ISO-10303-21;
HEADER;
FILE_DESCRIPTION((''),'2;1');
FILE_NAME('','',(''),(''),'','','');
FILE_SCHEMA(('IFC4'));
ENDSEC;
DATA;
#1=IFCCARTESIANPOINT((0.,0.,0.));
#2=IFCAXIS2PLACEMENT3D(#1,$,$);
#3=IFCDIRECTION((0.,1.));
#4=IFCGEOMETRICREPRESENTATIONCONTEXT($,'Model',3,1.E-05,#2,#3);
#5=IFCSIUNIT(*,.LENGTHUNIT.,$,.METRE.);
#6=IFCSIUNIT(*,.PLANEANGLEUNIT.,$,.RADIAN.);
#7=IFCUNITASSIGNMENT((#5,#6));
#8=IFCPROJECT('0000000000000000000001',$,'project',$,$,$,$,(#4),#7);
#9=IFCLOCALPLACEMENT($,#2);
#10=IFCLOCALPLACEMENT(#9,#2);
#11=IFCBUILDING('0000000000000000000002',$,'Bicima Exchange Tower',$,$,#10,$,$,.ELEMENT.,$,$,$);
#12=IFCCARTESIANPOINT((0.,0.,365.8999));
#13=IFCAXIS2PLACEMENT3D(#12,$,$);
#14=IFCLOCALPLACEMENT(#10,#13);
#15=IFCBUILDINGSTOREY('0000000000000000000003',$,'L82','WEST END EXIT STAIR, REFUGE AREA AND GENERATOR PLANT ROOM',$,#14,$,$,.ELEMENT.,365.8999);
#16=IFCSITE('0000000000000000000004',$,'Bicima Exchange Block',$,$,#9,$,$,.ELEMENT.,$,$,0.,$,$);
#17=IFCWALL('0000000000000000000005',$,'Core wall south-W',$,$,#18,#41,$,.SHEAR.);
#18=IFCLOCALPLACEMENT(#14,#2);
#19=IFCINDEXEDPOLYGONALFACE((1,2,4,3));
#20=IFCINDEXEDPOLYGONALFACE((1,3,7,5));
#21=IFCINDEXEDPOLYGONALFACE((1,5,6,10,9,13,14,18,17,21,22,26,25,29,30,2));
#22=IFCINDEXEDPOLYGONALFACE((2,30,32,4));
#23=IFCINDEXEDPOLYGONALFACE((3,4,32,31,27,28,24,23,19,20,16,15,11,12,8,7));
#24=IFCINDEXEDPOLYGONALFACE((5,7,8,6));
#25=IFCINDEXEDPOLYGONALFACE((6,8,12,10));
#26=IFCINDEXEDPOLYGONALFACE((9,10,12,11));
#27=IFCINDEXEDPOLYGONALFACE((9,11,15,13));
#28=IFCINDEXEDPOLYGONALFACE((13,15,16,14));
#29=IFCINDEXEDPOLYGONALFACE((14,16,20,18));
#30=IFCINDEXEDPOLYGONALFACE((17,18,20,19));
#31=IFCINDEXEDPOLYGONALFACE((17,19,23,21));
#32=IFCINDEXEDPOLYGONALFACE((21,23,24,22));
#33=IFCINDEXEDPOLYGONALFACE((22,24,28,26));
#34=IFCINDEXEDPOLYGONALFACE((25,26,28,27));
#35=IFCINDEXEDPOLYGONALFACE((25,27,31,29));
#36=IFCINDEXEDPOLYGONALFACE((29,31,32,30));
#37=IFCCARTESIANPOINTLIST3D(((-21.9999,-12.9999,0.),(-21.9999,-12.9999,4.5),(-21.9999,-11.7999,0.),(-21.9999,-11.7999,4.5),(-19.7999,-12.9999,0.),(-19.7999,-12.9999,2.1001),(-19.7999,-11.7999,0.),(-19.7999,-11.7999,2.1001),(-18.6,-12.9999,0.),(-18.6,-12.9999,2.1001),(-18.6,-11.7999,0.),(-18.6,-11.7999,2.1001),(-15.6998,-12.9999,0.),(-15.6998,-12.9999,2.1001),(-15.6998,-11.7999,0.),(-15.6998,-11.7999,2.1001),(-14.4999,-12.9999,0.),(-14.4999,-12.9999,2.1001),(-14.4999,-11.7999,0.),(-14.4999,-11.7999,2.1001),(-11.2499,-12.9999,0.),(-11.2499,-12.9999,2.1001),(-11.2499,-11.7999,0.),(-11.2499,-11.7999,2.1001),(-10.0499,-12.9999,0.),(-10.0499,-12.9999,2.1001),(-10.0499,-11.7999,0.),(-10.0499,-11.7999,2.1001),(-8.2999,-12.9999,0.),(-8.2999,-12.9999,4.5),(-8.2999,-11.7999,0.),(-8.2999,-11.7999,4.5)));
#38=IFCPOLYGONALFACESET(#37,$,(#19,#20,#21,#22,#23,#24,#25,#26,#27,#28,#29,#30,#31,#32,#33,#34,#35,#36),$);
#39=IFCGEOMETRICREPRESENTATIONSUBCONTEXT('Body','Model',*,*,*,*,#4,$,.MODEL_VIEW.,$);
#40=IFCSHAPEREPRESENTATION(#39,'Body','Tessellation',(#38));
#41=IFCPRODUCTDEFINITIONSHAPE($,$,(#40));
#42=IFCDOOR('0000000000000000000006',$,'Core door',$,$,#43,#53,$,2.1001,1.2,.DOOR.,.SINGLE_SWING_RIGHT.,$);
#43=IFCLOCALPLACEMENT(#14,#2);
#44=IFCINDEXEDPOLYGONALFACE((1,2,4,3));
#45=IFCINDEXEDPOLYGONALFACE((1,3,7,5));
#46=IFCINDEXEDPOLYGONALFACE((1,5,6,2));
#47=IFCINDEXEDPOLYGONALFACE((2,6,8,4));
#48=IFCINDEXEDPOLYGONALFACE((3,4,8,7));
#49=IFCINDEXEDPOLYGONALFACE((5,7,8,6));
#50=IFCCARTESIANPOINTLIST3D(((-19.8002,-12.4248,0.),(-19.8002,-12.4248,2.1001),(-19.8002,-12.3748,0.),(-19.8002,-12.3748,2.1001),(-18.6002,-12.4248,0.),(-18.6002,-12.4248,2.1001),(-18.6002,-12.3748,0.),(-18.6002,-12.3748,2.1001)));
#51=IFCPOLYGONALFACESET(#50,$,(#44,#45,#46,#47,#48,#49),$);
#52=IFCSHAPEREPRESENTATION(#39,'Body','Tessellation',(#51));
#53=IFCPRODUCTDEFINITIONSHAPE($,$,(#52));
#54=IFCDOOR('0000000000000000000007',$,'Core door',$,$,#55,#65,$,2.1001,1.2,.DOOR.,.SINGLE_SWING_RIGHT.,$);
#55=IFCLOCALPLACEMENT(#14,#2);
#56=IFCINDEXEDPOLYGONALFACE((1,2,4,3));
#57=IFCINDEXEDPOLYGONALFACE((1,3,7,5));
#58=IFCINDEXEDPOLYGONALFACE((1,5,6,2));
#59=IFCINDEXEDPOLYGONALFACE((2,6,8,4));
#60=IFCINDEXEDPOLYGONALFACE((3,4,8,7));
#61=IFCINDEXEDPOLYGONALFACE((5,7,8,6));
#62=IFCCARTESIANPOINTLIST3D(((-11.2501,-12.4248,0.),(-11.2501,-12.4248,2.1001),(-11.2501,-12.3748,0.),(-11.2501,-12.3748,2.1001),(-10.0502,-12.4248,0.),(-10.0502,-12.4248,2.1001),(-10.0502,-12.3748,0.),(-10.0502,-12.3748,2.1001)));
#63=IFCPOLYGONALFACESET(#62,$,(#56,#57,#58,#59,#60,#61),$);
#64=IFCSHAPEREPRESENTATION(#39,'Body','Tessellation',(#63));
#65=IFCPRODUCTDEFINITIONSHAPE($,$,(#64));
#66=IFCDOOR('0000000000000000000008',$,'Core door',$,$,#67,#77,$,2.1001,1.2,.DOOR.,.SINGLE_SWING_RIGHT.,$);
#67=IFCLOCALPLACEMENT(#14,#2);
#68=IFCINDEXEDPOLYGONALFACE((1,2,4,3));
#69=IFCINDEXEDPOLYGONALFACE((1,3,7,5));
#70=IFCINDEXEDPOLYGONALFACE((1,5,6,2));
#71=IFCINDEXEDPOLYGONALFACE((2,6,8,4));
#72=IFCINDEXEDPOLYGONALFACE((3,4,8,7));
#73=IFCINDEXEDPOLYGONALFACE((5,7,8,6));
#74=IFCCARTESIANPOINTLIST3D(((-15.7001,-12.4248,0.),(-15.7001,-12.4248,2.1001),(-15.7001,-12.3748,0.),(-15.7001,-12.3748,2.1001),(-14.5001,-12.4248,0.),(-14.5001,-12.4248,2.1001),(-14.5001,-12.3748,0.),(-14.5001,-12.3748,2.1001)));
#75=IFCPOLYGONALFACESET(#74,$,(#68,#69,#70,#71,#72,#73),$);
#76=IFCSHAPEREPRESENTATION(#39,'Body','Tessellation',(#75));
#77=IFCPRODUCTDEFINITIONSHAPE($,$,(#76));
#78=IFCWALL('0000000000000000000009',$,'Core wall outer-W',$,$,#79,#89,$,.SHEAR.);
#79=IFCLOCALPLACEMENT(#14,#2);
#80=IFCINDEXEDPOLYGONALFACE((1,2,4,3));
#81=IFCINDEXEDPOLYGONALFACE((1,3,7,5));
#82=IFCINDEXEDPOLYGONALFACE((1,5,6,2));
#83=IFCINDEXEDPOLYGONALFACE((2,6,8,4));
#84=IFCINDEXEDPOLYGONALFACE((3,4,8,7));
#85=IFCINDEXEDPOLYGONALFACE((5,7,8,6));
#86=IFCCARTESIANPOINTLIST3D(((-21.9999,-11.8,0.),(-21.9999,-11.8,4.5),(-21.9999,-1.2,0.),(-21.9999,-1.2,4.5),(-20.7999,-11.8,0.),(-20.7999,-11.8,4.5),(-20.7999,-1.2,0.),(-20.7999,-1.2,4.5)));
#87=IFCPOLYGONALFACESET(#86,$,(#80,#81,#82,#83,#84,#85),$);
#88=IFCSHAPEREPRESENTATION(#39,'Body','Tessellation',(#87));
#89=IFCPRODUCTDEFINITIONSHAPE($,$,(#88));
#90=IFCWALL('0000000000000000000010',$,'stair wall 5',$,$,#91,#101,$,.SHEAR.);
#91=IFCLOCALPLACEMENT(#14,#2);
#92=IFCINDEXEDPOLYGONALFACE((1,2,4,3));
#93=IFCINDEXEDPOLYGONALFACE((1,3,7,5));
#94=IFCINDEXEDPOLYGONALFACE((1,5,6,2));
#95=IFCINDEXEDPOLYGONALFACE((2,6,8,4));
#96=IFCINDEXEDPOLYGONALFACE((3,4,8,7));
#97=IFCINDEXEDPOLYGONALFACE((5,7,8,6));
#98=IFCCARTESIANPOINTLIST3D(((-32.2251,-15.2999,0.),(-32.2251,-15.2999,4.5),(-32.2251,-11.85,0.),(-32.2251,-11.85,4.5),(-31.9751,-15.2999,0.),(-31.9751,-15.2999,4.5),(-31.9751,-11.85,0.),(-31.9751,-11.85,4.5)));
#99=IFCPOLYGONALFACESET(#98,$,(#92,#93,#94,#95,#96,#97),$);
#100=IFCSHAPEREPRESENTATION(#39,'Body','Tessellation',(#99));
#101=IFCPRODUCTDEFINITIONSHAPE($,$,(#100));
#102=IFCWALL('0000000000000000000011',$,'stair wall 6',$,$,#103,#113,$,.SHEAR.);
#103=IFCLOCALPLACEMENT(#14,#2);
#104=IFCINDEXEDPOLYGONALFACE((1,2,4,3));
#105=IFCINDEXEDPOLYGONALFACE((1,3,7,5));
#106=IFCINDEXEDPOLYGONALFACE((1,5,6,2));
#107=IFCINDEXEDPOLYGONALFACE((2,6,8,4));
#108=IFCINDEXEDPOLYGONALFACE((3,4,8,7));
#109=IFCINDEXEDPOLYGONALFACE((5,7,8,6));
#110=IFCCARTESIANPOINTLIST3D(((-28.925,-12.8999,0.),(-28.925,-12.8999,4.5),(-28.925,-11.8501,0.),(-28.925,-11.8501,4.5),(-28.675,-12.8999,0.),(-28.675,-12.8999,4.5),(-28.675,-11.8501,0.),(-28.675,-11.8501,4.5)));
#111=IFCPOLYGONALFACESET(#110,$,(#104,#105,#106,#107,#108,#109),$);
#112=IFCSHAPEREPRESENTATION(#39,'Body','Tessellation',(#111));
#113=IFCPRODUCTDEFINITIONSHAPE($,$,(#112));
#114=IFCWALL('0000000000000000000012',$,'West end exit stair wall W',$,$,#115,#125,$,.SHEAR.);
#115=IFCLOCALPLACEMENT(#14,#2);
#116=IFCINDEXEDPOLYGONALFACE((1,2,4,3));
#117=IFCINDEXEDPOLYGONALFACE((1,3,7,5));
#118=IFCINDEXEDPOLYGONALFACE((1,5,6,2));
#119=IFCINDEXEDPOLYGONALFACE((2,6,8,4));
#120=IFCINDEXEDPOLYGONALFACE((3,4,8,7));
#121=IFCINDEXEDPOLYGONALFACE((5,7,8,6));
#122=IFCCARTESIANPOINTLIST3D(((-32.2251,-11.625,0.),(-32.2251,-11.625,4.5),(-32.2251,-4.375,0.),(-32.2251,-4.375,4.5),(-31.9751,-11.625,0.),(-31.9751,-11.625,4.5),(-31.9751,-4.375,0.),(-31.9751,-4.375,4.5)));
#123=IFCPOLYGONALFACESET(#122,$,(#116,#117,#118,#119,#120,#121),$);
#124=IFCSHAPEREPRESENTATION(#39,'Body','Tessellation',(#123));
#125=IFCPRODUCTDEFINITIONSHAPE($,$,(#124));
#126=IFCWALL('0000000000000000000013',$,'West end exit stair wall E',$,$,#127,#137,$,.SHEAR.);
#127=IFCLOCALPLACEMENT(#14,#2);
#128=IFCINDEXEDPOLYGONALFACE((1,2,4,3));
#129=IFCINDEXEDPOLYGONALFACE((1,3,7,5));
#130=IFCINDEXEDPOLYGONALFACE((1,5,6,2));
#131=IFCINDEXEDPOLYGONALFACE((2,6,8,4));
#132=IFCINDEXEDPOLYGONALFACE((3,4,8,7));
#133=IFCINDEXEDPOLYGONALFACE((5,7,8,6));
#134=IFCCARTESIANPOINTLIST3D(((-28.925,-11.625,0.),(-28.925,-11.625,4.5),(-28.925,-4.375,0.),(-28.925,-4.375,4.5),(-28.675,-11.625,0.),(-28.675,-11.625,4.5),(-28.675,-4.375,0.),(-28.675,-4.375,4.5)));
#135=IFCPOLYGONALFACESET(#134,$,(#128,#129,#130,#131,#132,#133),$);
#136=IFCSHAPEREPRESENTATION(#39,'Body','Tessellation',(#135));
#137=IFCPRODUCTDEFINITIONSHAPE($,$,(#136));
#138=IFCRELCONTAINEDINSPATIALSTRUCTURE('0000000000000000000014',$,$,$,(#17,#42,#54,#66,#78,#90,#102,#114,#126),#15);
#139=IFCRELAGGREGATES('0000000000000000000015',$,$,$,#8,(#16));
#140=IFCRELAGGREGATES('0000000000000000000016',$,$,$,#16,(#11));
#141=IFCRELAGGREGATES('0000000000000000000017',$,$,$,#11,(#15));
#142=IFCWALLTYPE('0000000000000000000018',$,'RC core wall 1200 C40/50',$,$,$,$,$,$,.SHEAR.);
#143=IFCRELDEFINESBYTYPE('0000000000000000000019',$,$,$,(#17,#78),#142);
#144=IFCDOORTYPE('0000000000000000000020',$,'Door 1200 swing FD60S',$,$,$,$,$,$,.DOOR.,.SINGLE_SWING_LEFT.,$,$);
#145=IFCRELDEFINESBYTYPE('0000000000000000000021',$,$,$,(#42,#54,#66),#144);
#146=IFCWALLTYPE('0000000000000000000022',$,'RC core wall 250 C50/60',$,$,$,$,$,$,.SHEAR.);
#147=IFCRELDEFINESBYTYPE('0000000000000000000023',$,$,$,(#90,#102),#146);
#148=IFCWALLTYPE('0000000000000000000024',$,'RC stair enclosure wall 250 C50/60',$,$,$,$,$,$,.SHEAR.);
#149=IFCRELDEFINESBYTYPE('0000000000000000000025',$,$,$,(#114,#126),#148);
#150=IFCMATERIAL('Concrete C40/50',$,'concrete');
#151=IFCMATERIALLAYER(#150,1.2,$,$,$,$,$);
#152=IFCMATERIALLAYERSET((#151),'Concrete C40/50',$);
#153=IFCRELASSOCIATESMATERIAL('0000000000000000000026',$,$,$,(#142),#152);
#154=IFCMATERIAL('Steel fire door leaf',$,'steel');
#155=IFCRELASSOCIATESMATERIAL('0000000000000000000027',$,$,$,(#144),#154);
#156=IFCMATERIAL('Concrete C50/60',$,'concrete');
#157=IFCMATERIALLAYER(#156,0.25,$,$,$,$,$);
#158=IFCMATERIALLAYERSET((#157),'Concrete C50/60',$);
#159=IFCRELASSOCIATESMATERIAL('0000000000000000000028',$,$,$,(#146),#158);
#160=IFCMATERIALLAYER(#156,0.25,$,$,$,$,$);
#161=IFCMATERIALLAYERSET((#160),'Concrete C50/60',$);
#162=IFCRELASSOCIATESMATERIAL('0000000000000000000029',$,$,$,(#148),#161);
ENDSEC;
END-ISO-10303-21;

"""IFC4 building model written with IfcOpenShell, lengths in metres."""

from ifc_helpers import new_model, si_unit, direction, frame, frame_2d, origin, place, context, subcontext, project, spatial, rectangle, extrude, material, layer, layer_set, type_object, element, fill, save


model = new_model("IFC4")

# Units and contexts
model_context = context("Model", 3, precision=1e-05, world=origin(), true_north=direction((0.0, 1.0)))
body_context = subcontext(model_context, "Body", "Model", "MODEL_VIEW")
ifc_project = project(units=[si_unit("LENGTHUNIT", "METRE"), si_unit("PLANEANGLEUNIT", "RADIAN")], contexts=[model_context])

# Site, building, storey
site_placement = place(None, origin())
site = spatial("IfcSite", under=ifc_project, at=site_placement, Name="Bicima Exchange Block", CompositionType="ELEMENT", RefElevation=0.0)
building_placement = place(site_placement, origin())
building = spatial("IfcBuilding", under=site, at=building_placement, Name="Bicima Exchange Tower", CompositionType="ELEMENT")
storey_placement = place(building_placement, frame((0.0, 0.0, 365.8999)))
storey = spatial("IfcBuildingStorey", under=building, at=storey_placement, Name="L82", Description="WEST END EXIT STAIR, REFUGE AREA AND GENERATOR PLANT ROOM", CompositionType="ELEMENT", Elevation=365.8999)

# Shared definitions
ifc_material_1 = material(Name="Steel fire door leaf", Category="steel")

# Wall, openings, doors
ifc_material_2 = material(Name="Concrete C40/50", Category="concrete")
ifc_layer_1 = layer(ifc_material_2, 1.2)
ifc_layer_set_1 = layer_set([ifc_layer_1], Name="Concrete C40/50")
wall_type_1 = type_object("IfcWallType", Name="RC core wall 1200 C40/50", PredefinedType="SHEAR", material=ifc_layer_set_1)
wall_1_placement = place(storey_placement, frame((-22.0, -12.3999, 0.0), z_axis=(0.0, 0.0, 1.0), x_axis=(1.0, 0.0, 0.0)))
wall_1 = element("IfcWall", 1, at=wall_1_placement, inside=storey, type_object=wall_type_1, Name="Core wall south-W", PredefinedType="SHEAR", context=body_context, shape_type="SweptSolid", body=[
    extrude(rectangle(XDim=13.7, YDim=1.2, at=frame_2d((6.8501, 0.0))), origin(), (0.0, 0.0, 1.0), 4.5),
])
opening_1_placement = place(wall_1_placement, frame((2.2, 0.0, 0.0)))
opening_1 = element("IfcOpeningElement", 2, at=opening_1_placement, cuts=wall_1, PredefinedType="OPENING", context=body_context, shape_type="SweptSolid", body=[
    extrude(rectangle(XDim=1.2, YDim=2.1001, at=frame_2d((0.6001, 1.05))), frame((0.0, 0.6118, 0.0), z_axis=(0.0, -1.0, 0.0), x_axis=(1.0, 0.0, 0.0)), (0.0, 0.0, 1.0), 1.2239),
])
opening_2_placement = place(wall_1_placement, frame((10.75, 0.0, 0.0)))
opening_2 = element("IfcOpeningElement", 3, at=opening_2_placement, cuts=wall_1, PredefinedType="OPENING", context=body_context, shape_type="SweptSolid", body=[
    extrude(rectangle(XDim=1.2, YDim=2.1001, at=frame_2d((0.6001, 1.05))), frame((0.0, 0.6118, 0.0), z_axis=(0.0, -1.0, 0.0), x_axis=(1.0, 0.0, 0.0)), (0.0, 0.0, 1.0), 1.2239),
])
opening_3_placement = place(wall_1_placement, frame((6.3, 0.0, 0.0)))
opening_3 = element("IfcOpeningElement", 4, at=opening_3_placement, cuts=wall_1, PredefinedType="OPENING", context=body_context, shape_type="SweptSolid", body=[
    extrude(rectangle(XDim=1.2, YDim=2.1001, at=frame_2d((0.6001, 1.05))), frame((0.0, 0.6118, 0.0), z_axis=(0.0, -1.0, 0.0), x_axis=(1.0, 0.0, 0.0)), (0.0, 0.0, 1.0), 1.2239),
])
door_type_1 = type_object("IfcDoorType", Name="Door 1200 swing FD60S", OperationType="SINGLE_SWING_LEFT", PredefinedType="DOOR", material=ifc_material_1)
door_1_placement = place(opening_1_placement, frame((1.2, 0.0, 0.0), z_axis=(0.0, 0.0, 1.0), x_axis=(-1.0, 0.0, 0.0)))
door_1 = element("IfcDoor", 5, at=door_1_placement, inside=storey, type_object=door_type_1, Name="Core door", OperationType="SINGLE_SWING_RIGHT", OverallHeight=2.1001, OverallWidth=1.2, PredefinedType="DOOR", context=body_context, shape_type="SweptSolid", body=[
    extrude(rectangle(XDim=1.2, YDim=2.1001, at=frame_2d((0.6001, 1.05))), frame((0.0, 0.0249, 0.0), z_axis=(0.0, -1.0, 0.0), x_axis=(1.0, 0.0, 0.0)), (0.0, 0.0, 1.0), 0.05),
])
fill(opening_1, door_1)
door_2_placement = place(opening_2_placement, frame((1.2, 0.0, 0.0), z_axis=(0.0, 0.0, 1.0), x_axis=(-1.0, 0.0, 0.0)))
door_2 = element("IfcDoor", 6, at=door_2_placement, inside=storey, type_object=door_type_1, Name="Core door", OperationType="SINGLE_SWING_RIGHT", OverallHeight=2.1001, OverallWidth=1.2, PredefinedType="DOOR", context=body_context, shape_type="SweptSolid", body=[
    extrude(rectangle(XDim=1.2, YDim=2.1001, at=frame_2d((0.6001, 1.05))), frame((0.0, 0.0249, 0.0), z_axis=(0.0, -1.0, 0.0), x_axis=(1.0, 0.0, 0.0)), (0.0, 0.0, 1.0), 0.05),
])
fill(opening_2, door_2)
door_3_placement = place(opening_3_placement, frame((1.2, 0.0, 0.0), z_axis=(0.0, 0.0, 1.0), x_axis=(-1.0, 0.0, 0.0)))
door_3 = element("IfcDoor", 7, at=door_3_placement, inside=storey, type_object=door_type_1, Name="Core door", OperationType="SINGLE_SWING_RIGHT", OverallHeight=2.1001, OverallWidth=1.2, PredefinedType="DOOR", context=body_context, shape_type="SweptSolid", body=[
    extrude(rectangle(XDim=1.2, YDim=2.1001, at=frame_2d((0.6001, 1.05))), frame((0.0, 0.0249, 0.0), z_axis=(0.0, -1.0, 0.0), x_axis=(1.0, 0.0, 0.0)), (0.0, 0.0, 1.0), 0.05),
])
fill(opening_3, door_3)

# Walls
wall_2_placement = place(storey_placement, frame((-21.3999, -11.8, 0.0), z_axis=(0.0, 0.0, 1.0), x_axis=(0.0, 1.0, 0.0)))
element("IfcWall", 8, at=wall_2_placement, inside=storey, type_object=wall_type_1, Name="Core wall outer-W", PredefinedType="SHEAR", context=body_context, shape_type="SweptSolid", body=[
    extrude(rectangle(XDim=10.6001, YDim=1.2, at=frame_2d((5.3, 0.0))), origin(), (0.0, 0.0, 1.0), 4.5),
])
ifc_material_3 = material(Name="Concrete C50/60", Category="concrete")
ifc_layer_2 = layer(ifc_material_3, 0.25)
ifc_layer_set_2 = layer_set([ifc_layer_2], Name="Concrete C50/60")
wall_type_2 = type_object("IfcWallType", Name="RC core wall 250 C50/60", PredefinedType="SHEAR", material=ifc_layer_set_2)
wall_3_placement = place(storey_placement, frame((-32.1001, -15.3, 0.0), z_axis=(0.0, 0.0, 1.0), x_axis=(0.0, 1.0, 0.0)))
element("IfcWall", 9, at=wall_3_placement, inside=storey, type_object=wall_type_2, Name="stair wall 5", PredefinedType="SHEAR", context=body_context, shape_type="SweptSolid", body=[
    extrude(rectangle(XDim=3.45, YDim=0.25, at=frame_2d((1.7251, 0.0))), origin(), (0.0, 0.0, 1.0), 4.5),
])
wall_4_placement = place(storey_placement, frame((-28.8, -12.8999, 0.0), z_axis=(0.0, 0.0, 1.0), x_axis=(0.0, 1.0, 0.0)))
element("IfcWall", 10, at=wall_4_placement, inside=storey, type_object=wall_type_2, Name="stair wall 6", PredefinedType="SHEAR", context=body_context, shape_type="SweptSolid", body=[
    extrude(rectangle(XDim=1.0498, YDim=0.25, at=frame_2d((0.5249, 0.0))), origin(), (0.0, 0.0, 1.0), 4.5),
])
ifc_layer_3 = layer(ifc_material_3, 0.25)
ifc_layer_set_3 = layer_set([ifc_layer_3], Name="Concrete C50/60")
wall_type_3 = type_object("IfcWallType", Name="RC stair enclosure wall 250 C50/60", PredefinedType="SHEAR", material=ifc_layer_set_3)
for number, where, z_axis, x_axis, name in (
    (11, (-32.1001, -11.625, 0.0), (0.0, 0.0, 1.0), (0.0, 1.0, 0.0), "West end exit stair wall W"),
    (12, (-28.8, -11.625, 0.0), (0.0, 0.0, 1.0), (0.0, 1.0, 0.0), "West end exit stair wall E"),
):
    element("IfcWall", number, at=place(storey_placement, frame(where, z_axis=z_axis, x_axis=x_axis)), inside=storey, type_object=wall_type_3, Name=name, PredefinedType="SHEAR", context=body_context, shape_type="SweptSolid", body=[
        extrude(rectangle(XDim=7.25, YDim=0.25, at=frame_2d((3.625, 0.0))), origin(), (0.0, 0.0, 1.0), 4.5),
    ])

save(model, "model.ifc")
